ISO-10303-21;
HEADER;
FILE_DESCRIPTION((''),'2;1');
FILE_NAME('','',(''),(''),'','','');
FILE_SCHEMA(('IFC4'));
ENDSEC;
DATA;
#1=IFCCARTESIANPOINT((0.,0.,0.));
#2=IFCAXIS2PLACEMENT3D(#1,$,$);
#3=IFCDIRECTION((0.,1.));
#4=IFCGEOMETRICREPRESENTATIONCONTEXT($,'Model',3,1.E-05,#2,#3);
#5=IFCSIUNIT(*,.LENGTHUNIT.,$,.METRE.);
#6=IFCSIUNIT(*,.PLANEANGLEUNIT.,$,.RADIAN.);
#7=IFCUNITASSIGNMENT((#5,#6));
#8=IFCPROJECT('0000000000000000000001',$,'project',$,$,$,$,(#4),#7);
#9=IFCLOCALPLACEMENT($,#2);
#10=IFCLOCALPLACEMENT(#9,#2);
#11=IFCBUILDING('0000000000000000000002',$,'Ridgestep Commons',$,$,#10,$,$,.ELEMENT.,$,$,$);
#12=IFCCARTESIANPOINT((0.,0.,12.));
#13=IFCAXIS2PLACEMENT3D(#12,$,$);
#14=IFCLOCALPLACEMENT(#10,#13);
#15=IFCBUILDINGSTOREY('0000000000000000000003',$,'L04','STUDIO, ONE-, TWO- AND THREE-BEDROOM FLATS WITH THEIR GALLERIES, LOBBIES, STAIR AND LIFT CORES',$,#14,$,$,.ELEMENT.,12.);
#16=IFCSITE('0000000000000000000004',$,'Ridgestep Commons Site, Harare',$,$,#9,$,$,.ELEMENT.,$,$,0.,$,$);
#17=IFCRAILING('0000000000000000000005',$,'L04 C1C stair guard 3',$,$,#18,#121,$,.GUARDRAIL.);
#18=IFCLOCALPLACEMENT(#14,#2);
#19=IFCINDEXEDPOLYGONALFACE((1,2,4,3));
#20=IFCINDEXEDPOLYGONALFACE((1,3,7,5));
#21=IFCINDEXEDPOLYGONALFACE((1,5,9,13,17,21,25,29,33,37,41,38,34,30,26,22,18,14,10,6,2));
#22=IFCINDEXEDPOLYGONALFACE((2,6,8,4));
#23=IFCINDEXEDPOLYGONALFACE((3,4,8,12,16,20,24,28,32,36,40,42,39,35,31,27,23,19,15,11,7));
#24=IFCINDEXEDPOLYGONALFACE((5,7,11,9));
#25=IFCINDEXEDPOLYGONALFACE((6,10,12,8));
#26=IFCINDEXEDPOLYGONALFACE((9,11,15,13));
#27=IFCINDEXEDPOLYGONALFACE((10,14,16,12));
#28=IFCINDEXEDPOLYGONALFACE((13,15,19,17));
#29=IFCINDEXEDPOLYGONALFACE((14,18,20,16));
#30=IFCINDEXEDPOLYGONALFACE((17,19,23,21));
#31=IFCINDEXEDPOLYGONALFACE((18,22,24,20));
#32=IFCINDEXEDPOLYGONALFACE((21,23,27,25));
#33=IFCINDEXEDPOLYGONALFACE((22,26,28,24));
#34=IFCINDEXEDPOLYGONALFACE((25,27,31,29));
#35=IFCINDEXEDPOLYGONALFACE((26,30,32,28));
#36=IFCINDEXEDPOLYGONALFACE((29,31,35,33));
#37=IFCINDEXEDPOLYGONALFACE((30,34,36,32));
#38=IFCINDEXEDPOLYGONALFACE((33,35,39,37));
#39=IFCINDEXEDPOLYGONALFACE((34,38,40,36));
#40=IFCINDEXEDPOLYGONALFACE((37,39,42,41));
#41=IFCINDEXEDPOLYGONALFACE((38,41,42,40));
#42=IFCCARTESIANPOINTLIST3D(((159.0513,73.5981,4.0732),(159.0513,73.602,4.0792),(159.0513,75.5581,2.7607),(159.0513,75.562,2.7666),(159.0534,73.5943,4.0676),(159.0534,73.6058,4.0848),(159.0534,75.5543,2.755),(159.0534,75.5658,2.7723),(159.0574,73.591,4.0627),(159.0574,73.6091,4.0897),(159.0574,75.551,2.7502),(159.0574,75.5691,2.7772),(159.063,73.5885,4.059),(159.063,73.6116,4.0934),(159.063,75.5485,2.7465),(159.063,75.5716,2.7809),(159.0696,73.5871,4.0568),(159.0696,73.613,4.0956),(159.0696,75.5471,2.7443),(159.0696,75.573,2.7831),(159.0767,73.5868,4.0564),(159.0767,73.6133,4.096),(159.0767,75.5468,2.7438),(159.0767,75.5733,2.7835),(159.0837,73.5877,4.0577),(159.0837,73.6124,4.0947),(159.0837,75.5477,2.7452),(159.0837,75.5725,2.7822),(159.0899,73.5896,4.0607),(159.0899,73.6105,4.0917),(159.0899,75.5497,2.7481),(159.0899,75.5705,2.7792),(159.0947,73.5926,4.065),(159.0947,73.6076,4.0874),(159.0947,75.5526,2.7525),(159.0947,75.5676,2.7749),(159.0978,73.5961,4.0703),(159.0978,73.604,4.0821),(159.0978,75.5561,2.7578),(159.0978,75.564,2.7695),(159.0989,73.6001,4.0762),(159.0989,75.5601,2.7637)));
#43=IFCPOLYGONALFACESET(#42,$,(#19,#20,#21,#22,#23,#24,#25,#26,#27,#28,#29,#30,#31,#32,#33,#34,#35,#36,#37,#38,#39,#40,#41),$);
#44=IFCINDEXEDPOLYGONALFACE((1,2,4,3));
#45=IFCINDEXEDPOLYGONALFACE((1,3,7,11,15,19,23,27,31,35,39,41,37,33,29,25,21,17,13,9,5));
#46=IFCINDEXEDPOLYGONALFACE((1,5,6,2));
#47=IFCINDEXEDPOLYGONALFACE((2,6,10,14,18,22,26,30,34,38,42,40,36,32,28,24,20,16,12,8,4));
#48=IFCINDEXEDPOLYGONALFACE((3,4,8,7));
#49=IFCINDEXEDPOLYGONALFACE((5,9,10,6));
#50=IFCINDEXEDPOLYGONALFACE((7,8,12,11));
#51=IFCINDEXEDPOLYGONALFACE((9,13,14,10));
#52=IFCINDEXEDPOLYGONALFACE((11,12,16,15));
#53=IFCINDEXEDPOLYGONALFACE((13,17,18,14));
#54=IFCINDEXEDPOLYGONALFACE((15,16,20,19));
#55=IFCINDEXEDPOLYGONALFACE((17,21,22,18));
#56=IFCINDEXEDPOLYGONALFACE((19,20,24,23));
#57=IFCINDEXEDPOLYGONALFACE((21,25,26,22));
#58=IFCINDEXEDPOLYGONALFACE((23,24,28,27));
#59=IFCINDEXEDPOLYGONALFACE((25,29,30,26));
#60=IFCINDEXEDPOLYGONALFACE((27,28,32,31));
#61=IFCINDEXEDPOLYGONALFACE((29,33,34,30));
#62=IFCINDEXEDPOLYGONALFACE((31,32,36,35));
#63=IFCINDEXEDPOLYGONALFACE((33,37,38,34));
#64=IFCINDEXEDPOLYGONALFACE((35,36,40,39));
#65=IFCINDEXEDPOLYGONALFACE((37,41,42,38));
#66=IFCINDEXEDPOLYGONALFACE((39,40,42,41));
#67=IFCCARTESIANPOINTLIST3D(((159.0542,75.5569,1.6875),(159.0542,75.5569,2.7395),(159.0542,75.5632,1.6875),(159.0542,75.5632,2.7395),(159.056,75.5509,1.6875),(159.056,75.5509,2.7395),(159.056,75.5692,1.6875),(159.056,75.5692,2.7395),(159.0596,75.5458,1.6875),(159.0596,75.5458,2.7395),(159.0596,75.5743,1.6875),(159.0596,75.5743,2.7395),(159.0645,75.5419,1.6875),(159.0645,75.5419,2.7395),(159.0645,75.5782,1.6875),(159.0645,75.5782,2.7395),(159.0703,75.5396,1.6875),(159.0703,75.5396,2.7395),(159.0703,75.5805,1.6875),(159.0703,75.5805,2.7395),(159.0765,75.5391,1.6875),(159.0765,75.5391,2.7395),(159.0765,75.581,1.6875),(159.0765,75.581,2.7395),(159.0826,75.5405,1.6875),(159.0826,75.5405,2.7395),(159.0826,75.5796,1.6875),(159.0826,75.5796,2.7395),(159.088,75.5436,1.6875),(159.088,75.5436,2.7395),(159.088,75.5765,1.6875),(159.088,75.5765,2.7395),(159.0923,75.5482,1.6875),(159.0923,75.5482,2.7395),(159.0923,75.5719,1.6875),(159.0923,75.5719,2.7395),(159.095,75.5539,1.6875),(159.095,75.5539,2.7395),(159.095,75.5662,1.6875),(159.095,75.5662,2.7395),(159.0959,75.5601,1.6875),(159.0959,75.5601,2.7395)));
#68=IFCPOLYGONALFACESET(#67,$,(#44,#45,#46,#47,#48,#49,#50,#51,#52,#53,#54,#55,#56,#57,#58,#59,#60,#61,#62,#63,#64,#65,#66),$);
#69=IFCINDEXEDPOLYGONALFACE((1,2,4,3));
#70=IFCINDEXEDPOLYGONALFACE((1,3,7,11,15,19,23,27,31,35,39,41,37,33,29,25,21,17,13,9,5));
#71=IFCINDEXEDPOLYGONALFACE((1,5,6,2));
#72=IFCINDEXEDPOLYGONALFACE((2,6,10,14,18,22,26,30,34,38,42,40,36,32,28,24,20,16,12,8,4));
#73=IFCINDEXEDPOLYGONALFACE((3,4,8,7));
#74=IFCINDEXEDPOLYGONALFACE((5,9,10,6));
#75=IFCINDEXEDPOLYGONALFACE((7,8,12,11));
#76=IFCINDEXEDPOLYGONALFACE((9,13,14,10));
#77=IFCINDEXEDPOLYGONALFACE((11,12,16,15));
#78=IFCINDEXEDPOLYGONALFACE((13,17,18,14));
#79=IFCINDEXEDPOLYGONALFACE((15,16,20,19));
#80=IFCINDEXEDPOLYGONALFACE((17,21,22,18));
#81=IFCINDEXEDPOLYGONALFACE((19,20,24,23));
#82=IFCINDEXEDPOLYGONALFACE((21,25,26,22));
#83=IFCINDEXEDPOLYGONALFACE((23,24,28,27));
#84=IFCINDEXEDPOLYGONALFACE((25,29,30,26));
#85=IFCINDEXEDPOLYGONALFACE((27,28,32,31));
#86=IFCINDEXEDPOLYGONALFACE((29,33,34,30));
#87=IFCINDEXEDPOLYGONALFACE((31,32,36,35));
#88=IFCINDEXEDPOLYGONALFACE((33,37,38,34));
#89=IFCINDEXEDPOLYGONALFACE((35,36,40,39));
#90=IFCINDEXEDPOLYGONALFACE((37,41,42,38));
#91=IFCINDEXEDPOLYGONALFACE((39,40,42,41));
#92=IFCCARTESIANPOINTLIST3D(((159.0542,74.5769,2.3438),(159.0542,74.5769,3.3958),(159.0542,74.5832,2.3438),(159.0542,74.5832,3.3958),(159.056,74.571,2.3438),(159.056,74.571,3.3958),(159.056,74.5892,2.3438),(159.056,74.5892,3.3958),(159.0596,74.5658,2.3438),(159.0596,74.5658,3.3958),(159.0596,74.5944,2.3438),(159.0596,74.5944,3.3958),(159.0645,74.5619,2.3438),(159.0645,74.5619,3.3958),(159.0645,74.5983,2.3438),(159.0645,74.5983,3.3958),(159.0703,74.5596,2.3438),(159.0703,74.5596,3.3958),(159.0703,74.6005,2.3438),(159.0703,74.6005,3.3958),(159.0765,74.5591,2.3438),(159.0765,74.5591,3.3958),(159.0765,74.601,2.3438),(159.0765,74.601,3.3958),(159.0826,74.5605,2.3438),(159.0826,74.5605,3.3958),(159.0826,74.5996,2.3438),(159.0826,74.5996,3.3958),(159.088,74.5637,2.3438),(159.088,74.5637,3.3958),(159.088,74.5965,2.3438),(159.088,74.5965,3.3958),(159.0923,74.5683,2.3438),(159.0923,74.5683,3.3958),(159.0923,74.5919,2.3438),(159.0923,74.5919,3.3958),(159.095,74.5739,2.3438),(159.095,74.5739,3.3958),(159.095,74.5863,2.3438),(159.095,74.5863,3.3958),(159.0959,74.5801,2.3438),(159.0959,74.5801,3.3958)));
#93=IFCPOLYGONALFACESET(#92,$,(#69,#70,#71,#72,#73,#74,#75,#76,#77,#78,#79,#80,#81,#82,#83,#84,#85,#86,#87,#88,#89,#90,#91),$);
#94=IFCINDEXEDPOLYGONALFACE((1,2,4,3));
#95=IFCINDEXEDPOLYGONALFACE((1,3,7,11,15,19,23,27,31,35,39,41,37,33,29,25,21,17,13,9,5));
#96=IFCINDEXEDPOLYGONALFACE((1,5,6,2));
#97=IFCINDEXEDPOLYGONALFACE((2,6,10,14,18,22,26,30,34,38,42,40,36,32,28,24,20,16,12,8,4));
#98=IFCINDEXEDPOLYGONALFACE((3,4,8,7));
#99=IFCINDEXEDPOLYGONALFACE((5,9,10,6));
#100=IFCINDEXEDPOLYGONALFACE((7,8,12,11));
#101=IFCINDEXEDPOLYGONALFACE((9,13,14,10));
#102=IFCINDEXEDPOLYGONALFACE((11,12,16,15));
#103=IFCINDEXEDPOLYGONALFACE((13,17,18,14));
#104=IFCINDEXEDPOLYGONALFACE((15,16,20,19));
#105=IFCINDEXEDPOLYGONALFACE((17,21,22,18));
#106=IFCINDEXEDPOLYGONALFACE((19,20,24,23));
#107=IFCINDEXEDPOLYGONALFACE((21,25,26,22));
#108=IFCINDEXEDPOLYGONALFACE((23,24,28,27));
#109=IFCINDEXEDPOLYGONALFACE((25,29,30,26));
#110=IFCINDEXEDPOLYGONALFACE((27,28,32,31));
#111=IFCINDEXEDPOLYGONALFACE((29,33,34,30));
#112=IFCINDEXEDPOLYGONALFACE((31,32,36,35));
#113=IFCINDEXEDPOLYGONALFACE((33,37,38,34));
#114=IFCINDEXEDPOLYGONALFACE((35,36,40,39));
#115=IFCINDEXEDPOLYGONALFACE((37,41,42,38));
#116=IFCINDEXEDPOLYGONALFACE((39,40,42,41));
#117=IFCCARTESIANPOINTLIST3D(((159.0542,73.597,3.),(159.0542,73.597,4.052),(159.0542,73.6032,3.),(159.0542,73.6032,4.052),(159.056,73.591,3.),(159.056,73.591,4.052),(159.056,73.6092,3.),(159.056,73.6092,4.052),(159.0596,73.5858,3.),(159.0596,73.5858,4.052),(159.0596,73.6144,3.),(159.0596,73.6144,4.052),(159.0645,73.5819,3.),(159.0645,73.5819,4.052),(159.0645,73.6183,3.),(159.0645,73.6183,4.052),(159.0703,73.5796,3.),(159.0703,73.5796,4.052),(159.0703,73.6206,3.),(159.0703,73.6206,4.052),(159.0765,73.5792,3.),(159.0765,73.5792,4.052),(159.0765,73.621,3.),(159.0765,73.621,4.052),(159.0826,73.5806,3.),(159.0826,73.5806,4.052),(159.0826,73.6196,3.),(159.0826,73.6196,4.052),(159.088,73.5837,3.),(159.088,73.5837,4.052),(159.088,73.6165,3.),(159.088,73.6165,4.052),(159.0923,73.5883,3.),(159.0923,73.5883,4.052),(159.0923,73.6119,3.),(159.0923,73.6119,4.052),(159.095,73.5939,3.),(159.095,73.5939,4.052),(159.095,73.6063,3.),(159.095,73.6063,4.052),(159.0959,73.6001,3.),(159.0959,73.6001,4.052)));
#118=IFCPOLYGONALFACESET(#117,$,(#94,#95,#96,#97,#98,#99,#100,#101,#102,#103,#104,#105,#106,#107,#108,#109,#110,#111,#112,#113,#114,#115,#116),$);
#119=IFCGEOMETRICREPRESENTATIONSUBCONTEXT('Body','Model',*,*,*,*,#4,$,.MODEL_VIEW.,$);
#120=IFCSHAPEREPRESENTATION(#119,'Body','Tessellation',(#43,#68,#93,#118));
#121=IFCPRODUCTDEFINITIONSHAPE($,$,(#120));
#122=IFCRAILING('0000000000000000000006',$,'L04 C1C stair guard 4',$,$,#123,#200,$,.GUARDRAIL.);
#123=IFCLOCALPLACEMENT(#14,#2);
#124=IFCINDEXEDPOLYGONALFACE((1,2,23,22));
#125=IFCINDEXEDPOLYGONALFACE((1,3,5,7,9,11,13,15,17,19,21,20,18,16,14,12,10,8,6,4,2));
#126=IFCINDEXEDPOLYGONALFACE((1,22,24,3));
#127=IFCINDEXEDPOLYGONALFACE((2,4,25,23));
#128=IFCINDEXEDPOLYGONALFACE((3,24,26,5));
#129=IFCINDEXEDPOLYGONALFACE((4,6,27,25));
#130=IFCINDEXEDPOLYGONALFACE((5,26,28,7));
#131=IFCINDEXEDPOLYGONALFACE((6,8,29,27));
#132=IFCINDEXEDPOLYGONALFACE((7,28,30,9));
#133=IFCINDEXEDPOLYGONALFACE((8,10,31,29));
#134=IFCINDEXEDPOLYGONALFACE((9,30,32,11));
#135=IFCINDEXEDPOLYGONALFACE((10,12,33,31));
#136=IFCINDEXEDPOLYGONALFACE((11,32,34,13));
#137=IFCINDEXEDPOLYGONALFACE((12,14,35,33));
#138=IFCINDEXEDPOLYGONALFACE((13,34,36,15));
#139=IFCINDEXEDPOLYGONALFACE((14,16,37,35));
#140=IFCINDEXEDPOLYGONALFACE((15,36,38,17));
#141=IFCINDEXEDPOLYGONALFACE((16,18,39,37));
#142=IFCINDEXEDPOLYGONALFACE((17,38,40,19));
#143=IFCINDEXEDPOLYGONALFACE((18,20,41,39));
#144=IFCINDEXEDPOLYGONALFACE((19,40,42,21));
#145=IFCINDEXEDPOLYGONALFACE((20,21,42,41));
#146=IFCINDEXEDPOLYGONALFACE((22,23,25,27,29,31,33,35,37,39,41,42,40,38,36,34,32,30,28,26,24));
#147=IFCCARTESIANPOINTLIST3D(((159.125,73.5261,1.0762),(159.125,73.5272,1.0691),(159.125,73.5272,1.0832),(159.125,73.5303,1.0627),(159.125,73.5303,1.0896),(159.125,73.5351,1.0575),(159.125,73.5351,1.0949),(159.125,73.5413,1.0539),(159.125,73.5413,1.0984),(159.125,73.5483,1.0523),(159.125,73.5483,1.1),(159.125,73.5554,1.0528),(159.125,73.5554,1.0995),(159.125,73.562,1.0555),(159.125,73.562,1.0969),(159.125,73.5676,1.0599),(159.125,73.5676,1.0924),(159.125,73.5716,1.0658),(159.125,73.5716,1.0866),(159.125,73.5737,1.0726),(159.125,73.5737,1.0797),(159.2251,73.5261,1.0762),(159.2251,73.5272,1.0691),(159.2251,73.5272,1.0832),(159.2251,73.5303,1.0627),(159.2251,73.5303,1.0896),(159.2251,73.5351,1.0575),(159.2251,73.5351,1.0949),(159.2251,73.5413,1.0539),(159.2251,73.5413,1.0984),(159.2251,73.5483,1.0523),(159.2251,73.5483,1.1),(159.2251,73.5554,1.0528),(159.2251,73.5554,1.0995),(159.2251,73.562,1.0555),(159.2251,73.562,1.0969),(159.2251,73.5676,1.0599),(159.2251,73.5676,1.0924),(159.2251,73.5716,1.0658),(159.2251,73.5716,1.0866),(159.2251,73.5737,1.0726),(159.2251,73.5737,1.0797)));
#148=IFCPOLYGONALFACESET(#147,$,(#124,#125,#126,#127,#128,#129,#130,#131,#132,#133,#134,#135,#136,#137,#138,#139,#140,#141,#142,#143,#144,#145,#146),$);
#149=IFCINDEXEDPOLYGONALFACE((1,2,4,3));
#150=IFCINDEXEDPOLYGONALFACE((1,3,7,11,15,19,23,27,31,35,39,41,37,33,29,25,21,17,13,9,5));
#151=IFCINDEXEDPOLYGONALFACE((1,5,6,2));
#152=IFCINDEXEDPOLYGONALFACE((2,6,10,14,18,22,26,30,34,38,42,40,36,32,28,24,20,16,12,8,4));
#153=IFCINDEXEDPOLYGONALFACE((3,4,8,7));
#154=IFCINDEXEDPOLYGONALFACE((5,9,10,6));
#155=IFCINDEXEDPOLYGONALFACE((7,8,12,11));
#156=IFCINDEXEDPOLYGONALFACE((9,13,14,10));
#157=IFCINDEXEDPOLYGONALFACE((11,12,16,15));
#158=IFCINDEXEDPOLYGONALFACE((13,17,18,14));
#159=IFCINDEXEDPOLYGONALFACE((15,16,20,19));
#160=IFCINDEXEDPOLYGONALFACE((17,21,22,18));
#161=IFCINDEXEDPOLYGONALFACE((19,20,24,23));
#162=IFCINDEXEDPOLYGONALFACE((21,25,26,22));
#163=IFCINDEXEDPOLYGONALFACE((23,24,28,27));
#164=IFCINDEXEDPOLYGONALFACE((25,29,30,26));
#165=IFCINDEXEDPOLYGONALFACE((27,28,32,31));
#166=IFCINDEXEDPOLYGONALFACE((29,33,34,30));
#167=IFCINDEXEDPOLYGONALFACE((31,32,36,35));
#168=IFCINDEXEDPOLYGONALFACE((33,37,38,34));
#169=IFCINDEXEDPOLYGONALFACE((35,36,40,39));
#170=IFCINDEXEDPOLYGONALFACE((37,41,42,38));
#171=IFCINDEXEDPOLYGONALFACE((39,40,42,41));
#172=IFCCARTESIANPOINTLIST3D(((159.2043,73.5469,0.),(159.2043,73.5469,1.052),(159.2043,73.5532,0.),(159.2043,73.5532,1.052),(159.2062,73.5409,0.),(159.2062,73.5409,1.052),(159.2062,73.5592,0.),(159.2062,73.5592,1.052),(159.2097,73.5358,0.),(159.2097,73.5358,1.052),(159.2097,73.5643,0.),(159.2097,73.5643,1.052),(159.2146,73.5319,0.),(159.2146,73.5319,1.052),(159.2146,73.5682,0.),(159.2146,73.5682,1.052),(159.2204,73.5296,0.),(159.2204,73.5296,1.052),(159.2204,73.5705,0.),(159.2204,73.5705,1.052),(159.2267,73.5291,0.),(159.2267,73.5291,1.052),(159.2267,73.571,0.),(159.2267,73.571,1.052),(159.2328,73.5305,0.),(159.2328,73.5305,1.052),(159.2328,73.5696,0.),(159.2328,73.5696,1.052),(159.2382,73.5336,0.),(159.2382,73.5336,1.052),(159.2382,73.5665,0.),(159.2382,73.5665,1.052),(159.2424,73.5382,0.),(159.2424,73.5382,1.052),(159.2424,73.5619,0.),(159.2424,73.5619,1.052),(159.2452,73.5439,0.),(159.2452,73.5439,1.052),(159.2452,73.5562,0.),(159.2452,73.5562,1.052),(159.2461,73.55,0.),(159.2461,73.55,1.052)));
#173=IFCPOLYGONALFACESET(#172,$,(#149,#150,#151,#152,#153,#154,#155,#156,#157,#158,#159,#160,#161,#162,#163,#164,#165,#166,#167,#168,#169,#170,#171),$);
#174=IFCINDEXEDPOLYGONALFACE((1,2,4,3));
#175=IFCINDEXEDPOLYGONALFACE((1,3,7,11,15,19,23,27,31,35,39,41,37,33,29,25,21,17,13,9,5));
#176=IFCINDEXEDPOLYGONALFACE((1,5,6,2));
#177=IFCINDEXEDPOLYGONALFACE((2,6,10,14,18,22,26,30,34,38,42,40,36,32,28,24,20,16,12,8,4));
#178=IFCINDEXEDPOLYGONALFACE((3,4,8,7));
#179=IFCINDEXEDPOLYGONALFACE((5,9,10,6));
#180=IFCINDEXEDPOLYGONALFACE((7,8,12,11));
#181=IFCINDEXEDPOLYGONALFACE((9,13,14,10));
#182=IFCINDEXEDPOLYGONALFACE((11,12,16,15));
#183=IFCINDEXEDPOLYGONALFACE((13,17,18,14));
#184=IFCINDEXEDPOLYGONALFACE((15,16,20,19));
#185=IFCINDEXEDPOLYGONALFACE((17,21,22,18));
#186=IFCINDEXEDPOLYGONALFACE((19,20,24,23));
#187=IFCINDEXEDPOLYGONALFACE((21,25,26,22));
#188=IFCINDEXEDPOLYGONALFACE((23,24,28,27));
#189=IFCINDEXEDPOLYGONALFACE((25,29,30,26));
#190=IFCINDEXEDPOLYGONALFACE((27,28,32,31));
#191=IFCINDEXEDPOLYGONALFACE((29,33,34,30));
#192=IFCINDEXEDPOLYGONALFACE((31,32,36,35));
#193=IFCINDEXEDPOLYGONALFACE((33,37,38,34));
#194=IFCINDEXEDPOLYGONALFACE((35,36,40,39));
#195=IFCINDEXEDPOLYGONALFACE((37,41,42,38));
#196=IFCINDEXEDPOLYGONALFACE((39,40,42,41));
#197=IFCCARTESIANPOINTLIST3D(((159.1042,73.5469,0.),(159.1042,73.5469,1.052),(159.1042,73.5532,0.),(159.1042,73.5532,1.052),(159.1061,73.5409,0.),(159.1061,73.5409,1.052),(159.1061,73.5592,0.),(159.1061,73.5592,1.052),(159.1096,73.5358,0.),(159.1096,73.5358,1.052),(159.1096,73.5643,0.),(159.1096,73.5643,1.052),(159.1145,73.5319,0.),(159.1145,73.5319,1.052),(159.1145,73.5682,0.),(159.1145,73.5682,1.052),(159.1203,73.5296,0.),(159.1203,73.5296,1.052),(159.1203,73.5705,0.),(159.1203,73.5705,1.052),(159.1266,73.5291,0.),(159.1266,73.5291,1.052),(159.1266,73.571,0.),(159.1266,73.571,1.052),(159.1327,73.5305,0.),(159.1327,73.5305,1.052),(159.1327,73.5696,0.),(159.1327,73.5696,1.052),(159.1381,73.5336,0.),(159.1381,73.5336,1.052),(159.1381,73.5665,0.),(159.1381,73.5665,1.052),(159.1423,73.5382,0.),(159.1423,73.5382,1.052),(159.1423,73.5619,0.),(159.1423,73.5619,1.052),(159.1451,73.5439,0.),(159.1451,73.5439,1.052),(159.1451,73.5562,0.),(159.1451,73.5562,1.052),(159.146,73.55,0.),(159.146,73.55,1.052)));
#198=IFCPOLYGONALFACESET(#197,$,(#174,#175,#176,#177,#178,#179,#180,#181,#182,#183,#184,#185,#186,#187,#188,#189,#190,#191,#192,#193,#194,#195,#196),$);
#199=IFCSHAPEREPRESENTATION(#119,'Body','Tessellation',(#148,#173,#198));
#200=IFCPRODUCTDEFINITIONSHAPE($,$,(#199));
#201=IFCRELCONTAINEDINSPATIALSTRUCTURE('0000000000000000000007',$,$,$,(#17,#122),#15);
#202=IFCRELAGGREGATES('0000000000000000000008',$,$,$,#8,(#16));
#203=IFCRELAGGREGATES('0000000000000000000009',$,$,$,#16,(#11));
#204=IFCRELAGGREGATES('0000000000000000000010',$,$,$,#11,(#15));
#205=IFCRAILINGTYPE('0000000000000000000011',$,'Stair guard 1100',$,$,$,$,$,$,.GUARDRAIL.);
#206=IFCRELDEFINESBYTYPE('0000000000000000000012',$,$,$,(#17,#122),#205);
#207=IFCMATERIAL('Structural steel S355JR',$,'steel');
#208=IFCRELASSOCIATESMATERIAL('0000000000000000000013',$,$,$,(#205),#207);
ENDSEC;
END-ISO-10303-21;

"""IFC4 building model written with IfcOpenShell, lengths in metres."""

from ifc_helpers import new_model, si_unit, direction, frame, origin, origin_2d, place, context, subcontext, project, spatial, circle, extrude, material, type_object, element, save


model = new_model("IFC4")

# Units and contexts
model_context = context("Model", 3, precision=1e-05, world=origin(), true_north=direction((0.0, 1.0)))
body_context = subcontext(model_context, "Body", "Model", "MODEL_VIEW")
ifc_project = project(units=[si_unit("LENGTHUNIT", "METRE"), si_unit("PLANEANGLEUNIT", "RADIAN")], contexts=[model_context])

# Site, building, storey
site_placement = place(None, origin())
site = spatial("IfcSite", under=ifc_project, at=site_placement, Name="Ridgestep Commons Site, Harare", CompositionType="ELEMENT", RefElevation=0.0)
building_placement = place(site_placement, origin())
building = spatial("IfcBuilding", under=site, at=building_placement, Name="Ridgestep Commons", CompositionType="ELEMENT")
storey_placement = place(building_placement, frame((0.0, 0.0, 12.0)))
storey = spatial("IfcBuildingStorey", under=building, at=storey_placement, Name="L04", Description="STUDIO, ONE-, TWO- AND THREE-BEDROOM FLATS WITH THEIR GALLERIES, LOBBIES, STAIR AND LIFT CORES", CompositionType="ELEMENT", Elevation=12.0)

# Railings
ifc_material_1 = material(Name="Structural steel S355JR", Category="steel")
railing_type_1 = type_object("IfcRailingType", Name="Stair guard 1100", PredefinedType="GUARDRAIL", material=ifc_material_1)
railing_1_placement = place(storey_placement, frame((159.075, 75.5601, 1.6875)))
element("IfcRailing", 1, at=railing_1_placement, inside=storey, type_object=railing_type_1, Name="L04 C1C stair guard 3", PredefinedType="GUARDRAIL", context=body_context, shape_type="SweptSolid", body=[
    extrude(circle(Radius=0.0239, at=origin_2d()), frame((0.0, 0.0, 1.0762), z_axis=(0.0, -0.830902, 0.556419), x_axis=(1.0, 0.0, 0.0)), (0.0, 0.0, 1.0), 2.3589),
    extrude(circle(Radius=0.021, at=origin_2d()), origin(), (0.0, 0.0, 1.0), 1.052),
    extrude(circle(Radius=0.021, at=origin_2d()), frame((0.0, -0.98, 0.6562)), (0.0, 0.0, 1.0), 1.052),
    extrude(circle(Radius=0.021, at=origin_2d()), frame((0.0, -1.96, 1.3125)), (0.0, 0.0, 1.0), 1.052),
])
railing_2_placement = place(storey_placement, frame((159.2251, 73.55, 0.0)))
element("IfcRailing", 2, at=railing_2_placement, inside=storey, type_object=railing_type_1, Name="L04 C1C stair guard 4", PredefinedType="GUARDRAIL", context=body_context, shape_type="SweptSolid", body=[
    extrude(circle(Radius=0.0239, at=origin_2d()), frame((0.0, 0.0, 1.0762), z_axis=(-1.0, 0.0, 0.0), x_axis=(0.0, -1.0, 0.0)), (0.0, 0.0, 1.0), 0.1001),
    extrude(circle(Radius=0.021, at=origin_2d()), origin(), (0.0, 0.0, 1.0), 1.052),
    extrude(circle(Radius=0.021, at=origin_2d()), frame((-0.1001, 0.0, 0.0)), (0.0, 0.0, 1.0), 1.052),
])

save(model, "model.ifc")
